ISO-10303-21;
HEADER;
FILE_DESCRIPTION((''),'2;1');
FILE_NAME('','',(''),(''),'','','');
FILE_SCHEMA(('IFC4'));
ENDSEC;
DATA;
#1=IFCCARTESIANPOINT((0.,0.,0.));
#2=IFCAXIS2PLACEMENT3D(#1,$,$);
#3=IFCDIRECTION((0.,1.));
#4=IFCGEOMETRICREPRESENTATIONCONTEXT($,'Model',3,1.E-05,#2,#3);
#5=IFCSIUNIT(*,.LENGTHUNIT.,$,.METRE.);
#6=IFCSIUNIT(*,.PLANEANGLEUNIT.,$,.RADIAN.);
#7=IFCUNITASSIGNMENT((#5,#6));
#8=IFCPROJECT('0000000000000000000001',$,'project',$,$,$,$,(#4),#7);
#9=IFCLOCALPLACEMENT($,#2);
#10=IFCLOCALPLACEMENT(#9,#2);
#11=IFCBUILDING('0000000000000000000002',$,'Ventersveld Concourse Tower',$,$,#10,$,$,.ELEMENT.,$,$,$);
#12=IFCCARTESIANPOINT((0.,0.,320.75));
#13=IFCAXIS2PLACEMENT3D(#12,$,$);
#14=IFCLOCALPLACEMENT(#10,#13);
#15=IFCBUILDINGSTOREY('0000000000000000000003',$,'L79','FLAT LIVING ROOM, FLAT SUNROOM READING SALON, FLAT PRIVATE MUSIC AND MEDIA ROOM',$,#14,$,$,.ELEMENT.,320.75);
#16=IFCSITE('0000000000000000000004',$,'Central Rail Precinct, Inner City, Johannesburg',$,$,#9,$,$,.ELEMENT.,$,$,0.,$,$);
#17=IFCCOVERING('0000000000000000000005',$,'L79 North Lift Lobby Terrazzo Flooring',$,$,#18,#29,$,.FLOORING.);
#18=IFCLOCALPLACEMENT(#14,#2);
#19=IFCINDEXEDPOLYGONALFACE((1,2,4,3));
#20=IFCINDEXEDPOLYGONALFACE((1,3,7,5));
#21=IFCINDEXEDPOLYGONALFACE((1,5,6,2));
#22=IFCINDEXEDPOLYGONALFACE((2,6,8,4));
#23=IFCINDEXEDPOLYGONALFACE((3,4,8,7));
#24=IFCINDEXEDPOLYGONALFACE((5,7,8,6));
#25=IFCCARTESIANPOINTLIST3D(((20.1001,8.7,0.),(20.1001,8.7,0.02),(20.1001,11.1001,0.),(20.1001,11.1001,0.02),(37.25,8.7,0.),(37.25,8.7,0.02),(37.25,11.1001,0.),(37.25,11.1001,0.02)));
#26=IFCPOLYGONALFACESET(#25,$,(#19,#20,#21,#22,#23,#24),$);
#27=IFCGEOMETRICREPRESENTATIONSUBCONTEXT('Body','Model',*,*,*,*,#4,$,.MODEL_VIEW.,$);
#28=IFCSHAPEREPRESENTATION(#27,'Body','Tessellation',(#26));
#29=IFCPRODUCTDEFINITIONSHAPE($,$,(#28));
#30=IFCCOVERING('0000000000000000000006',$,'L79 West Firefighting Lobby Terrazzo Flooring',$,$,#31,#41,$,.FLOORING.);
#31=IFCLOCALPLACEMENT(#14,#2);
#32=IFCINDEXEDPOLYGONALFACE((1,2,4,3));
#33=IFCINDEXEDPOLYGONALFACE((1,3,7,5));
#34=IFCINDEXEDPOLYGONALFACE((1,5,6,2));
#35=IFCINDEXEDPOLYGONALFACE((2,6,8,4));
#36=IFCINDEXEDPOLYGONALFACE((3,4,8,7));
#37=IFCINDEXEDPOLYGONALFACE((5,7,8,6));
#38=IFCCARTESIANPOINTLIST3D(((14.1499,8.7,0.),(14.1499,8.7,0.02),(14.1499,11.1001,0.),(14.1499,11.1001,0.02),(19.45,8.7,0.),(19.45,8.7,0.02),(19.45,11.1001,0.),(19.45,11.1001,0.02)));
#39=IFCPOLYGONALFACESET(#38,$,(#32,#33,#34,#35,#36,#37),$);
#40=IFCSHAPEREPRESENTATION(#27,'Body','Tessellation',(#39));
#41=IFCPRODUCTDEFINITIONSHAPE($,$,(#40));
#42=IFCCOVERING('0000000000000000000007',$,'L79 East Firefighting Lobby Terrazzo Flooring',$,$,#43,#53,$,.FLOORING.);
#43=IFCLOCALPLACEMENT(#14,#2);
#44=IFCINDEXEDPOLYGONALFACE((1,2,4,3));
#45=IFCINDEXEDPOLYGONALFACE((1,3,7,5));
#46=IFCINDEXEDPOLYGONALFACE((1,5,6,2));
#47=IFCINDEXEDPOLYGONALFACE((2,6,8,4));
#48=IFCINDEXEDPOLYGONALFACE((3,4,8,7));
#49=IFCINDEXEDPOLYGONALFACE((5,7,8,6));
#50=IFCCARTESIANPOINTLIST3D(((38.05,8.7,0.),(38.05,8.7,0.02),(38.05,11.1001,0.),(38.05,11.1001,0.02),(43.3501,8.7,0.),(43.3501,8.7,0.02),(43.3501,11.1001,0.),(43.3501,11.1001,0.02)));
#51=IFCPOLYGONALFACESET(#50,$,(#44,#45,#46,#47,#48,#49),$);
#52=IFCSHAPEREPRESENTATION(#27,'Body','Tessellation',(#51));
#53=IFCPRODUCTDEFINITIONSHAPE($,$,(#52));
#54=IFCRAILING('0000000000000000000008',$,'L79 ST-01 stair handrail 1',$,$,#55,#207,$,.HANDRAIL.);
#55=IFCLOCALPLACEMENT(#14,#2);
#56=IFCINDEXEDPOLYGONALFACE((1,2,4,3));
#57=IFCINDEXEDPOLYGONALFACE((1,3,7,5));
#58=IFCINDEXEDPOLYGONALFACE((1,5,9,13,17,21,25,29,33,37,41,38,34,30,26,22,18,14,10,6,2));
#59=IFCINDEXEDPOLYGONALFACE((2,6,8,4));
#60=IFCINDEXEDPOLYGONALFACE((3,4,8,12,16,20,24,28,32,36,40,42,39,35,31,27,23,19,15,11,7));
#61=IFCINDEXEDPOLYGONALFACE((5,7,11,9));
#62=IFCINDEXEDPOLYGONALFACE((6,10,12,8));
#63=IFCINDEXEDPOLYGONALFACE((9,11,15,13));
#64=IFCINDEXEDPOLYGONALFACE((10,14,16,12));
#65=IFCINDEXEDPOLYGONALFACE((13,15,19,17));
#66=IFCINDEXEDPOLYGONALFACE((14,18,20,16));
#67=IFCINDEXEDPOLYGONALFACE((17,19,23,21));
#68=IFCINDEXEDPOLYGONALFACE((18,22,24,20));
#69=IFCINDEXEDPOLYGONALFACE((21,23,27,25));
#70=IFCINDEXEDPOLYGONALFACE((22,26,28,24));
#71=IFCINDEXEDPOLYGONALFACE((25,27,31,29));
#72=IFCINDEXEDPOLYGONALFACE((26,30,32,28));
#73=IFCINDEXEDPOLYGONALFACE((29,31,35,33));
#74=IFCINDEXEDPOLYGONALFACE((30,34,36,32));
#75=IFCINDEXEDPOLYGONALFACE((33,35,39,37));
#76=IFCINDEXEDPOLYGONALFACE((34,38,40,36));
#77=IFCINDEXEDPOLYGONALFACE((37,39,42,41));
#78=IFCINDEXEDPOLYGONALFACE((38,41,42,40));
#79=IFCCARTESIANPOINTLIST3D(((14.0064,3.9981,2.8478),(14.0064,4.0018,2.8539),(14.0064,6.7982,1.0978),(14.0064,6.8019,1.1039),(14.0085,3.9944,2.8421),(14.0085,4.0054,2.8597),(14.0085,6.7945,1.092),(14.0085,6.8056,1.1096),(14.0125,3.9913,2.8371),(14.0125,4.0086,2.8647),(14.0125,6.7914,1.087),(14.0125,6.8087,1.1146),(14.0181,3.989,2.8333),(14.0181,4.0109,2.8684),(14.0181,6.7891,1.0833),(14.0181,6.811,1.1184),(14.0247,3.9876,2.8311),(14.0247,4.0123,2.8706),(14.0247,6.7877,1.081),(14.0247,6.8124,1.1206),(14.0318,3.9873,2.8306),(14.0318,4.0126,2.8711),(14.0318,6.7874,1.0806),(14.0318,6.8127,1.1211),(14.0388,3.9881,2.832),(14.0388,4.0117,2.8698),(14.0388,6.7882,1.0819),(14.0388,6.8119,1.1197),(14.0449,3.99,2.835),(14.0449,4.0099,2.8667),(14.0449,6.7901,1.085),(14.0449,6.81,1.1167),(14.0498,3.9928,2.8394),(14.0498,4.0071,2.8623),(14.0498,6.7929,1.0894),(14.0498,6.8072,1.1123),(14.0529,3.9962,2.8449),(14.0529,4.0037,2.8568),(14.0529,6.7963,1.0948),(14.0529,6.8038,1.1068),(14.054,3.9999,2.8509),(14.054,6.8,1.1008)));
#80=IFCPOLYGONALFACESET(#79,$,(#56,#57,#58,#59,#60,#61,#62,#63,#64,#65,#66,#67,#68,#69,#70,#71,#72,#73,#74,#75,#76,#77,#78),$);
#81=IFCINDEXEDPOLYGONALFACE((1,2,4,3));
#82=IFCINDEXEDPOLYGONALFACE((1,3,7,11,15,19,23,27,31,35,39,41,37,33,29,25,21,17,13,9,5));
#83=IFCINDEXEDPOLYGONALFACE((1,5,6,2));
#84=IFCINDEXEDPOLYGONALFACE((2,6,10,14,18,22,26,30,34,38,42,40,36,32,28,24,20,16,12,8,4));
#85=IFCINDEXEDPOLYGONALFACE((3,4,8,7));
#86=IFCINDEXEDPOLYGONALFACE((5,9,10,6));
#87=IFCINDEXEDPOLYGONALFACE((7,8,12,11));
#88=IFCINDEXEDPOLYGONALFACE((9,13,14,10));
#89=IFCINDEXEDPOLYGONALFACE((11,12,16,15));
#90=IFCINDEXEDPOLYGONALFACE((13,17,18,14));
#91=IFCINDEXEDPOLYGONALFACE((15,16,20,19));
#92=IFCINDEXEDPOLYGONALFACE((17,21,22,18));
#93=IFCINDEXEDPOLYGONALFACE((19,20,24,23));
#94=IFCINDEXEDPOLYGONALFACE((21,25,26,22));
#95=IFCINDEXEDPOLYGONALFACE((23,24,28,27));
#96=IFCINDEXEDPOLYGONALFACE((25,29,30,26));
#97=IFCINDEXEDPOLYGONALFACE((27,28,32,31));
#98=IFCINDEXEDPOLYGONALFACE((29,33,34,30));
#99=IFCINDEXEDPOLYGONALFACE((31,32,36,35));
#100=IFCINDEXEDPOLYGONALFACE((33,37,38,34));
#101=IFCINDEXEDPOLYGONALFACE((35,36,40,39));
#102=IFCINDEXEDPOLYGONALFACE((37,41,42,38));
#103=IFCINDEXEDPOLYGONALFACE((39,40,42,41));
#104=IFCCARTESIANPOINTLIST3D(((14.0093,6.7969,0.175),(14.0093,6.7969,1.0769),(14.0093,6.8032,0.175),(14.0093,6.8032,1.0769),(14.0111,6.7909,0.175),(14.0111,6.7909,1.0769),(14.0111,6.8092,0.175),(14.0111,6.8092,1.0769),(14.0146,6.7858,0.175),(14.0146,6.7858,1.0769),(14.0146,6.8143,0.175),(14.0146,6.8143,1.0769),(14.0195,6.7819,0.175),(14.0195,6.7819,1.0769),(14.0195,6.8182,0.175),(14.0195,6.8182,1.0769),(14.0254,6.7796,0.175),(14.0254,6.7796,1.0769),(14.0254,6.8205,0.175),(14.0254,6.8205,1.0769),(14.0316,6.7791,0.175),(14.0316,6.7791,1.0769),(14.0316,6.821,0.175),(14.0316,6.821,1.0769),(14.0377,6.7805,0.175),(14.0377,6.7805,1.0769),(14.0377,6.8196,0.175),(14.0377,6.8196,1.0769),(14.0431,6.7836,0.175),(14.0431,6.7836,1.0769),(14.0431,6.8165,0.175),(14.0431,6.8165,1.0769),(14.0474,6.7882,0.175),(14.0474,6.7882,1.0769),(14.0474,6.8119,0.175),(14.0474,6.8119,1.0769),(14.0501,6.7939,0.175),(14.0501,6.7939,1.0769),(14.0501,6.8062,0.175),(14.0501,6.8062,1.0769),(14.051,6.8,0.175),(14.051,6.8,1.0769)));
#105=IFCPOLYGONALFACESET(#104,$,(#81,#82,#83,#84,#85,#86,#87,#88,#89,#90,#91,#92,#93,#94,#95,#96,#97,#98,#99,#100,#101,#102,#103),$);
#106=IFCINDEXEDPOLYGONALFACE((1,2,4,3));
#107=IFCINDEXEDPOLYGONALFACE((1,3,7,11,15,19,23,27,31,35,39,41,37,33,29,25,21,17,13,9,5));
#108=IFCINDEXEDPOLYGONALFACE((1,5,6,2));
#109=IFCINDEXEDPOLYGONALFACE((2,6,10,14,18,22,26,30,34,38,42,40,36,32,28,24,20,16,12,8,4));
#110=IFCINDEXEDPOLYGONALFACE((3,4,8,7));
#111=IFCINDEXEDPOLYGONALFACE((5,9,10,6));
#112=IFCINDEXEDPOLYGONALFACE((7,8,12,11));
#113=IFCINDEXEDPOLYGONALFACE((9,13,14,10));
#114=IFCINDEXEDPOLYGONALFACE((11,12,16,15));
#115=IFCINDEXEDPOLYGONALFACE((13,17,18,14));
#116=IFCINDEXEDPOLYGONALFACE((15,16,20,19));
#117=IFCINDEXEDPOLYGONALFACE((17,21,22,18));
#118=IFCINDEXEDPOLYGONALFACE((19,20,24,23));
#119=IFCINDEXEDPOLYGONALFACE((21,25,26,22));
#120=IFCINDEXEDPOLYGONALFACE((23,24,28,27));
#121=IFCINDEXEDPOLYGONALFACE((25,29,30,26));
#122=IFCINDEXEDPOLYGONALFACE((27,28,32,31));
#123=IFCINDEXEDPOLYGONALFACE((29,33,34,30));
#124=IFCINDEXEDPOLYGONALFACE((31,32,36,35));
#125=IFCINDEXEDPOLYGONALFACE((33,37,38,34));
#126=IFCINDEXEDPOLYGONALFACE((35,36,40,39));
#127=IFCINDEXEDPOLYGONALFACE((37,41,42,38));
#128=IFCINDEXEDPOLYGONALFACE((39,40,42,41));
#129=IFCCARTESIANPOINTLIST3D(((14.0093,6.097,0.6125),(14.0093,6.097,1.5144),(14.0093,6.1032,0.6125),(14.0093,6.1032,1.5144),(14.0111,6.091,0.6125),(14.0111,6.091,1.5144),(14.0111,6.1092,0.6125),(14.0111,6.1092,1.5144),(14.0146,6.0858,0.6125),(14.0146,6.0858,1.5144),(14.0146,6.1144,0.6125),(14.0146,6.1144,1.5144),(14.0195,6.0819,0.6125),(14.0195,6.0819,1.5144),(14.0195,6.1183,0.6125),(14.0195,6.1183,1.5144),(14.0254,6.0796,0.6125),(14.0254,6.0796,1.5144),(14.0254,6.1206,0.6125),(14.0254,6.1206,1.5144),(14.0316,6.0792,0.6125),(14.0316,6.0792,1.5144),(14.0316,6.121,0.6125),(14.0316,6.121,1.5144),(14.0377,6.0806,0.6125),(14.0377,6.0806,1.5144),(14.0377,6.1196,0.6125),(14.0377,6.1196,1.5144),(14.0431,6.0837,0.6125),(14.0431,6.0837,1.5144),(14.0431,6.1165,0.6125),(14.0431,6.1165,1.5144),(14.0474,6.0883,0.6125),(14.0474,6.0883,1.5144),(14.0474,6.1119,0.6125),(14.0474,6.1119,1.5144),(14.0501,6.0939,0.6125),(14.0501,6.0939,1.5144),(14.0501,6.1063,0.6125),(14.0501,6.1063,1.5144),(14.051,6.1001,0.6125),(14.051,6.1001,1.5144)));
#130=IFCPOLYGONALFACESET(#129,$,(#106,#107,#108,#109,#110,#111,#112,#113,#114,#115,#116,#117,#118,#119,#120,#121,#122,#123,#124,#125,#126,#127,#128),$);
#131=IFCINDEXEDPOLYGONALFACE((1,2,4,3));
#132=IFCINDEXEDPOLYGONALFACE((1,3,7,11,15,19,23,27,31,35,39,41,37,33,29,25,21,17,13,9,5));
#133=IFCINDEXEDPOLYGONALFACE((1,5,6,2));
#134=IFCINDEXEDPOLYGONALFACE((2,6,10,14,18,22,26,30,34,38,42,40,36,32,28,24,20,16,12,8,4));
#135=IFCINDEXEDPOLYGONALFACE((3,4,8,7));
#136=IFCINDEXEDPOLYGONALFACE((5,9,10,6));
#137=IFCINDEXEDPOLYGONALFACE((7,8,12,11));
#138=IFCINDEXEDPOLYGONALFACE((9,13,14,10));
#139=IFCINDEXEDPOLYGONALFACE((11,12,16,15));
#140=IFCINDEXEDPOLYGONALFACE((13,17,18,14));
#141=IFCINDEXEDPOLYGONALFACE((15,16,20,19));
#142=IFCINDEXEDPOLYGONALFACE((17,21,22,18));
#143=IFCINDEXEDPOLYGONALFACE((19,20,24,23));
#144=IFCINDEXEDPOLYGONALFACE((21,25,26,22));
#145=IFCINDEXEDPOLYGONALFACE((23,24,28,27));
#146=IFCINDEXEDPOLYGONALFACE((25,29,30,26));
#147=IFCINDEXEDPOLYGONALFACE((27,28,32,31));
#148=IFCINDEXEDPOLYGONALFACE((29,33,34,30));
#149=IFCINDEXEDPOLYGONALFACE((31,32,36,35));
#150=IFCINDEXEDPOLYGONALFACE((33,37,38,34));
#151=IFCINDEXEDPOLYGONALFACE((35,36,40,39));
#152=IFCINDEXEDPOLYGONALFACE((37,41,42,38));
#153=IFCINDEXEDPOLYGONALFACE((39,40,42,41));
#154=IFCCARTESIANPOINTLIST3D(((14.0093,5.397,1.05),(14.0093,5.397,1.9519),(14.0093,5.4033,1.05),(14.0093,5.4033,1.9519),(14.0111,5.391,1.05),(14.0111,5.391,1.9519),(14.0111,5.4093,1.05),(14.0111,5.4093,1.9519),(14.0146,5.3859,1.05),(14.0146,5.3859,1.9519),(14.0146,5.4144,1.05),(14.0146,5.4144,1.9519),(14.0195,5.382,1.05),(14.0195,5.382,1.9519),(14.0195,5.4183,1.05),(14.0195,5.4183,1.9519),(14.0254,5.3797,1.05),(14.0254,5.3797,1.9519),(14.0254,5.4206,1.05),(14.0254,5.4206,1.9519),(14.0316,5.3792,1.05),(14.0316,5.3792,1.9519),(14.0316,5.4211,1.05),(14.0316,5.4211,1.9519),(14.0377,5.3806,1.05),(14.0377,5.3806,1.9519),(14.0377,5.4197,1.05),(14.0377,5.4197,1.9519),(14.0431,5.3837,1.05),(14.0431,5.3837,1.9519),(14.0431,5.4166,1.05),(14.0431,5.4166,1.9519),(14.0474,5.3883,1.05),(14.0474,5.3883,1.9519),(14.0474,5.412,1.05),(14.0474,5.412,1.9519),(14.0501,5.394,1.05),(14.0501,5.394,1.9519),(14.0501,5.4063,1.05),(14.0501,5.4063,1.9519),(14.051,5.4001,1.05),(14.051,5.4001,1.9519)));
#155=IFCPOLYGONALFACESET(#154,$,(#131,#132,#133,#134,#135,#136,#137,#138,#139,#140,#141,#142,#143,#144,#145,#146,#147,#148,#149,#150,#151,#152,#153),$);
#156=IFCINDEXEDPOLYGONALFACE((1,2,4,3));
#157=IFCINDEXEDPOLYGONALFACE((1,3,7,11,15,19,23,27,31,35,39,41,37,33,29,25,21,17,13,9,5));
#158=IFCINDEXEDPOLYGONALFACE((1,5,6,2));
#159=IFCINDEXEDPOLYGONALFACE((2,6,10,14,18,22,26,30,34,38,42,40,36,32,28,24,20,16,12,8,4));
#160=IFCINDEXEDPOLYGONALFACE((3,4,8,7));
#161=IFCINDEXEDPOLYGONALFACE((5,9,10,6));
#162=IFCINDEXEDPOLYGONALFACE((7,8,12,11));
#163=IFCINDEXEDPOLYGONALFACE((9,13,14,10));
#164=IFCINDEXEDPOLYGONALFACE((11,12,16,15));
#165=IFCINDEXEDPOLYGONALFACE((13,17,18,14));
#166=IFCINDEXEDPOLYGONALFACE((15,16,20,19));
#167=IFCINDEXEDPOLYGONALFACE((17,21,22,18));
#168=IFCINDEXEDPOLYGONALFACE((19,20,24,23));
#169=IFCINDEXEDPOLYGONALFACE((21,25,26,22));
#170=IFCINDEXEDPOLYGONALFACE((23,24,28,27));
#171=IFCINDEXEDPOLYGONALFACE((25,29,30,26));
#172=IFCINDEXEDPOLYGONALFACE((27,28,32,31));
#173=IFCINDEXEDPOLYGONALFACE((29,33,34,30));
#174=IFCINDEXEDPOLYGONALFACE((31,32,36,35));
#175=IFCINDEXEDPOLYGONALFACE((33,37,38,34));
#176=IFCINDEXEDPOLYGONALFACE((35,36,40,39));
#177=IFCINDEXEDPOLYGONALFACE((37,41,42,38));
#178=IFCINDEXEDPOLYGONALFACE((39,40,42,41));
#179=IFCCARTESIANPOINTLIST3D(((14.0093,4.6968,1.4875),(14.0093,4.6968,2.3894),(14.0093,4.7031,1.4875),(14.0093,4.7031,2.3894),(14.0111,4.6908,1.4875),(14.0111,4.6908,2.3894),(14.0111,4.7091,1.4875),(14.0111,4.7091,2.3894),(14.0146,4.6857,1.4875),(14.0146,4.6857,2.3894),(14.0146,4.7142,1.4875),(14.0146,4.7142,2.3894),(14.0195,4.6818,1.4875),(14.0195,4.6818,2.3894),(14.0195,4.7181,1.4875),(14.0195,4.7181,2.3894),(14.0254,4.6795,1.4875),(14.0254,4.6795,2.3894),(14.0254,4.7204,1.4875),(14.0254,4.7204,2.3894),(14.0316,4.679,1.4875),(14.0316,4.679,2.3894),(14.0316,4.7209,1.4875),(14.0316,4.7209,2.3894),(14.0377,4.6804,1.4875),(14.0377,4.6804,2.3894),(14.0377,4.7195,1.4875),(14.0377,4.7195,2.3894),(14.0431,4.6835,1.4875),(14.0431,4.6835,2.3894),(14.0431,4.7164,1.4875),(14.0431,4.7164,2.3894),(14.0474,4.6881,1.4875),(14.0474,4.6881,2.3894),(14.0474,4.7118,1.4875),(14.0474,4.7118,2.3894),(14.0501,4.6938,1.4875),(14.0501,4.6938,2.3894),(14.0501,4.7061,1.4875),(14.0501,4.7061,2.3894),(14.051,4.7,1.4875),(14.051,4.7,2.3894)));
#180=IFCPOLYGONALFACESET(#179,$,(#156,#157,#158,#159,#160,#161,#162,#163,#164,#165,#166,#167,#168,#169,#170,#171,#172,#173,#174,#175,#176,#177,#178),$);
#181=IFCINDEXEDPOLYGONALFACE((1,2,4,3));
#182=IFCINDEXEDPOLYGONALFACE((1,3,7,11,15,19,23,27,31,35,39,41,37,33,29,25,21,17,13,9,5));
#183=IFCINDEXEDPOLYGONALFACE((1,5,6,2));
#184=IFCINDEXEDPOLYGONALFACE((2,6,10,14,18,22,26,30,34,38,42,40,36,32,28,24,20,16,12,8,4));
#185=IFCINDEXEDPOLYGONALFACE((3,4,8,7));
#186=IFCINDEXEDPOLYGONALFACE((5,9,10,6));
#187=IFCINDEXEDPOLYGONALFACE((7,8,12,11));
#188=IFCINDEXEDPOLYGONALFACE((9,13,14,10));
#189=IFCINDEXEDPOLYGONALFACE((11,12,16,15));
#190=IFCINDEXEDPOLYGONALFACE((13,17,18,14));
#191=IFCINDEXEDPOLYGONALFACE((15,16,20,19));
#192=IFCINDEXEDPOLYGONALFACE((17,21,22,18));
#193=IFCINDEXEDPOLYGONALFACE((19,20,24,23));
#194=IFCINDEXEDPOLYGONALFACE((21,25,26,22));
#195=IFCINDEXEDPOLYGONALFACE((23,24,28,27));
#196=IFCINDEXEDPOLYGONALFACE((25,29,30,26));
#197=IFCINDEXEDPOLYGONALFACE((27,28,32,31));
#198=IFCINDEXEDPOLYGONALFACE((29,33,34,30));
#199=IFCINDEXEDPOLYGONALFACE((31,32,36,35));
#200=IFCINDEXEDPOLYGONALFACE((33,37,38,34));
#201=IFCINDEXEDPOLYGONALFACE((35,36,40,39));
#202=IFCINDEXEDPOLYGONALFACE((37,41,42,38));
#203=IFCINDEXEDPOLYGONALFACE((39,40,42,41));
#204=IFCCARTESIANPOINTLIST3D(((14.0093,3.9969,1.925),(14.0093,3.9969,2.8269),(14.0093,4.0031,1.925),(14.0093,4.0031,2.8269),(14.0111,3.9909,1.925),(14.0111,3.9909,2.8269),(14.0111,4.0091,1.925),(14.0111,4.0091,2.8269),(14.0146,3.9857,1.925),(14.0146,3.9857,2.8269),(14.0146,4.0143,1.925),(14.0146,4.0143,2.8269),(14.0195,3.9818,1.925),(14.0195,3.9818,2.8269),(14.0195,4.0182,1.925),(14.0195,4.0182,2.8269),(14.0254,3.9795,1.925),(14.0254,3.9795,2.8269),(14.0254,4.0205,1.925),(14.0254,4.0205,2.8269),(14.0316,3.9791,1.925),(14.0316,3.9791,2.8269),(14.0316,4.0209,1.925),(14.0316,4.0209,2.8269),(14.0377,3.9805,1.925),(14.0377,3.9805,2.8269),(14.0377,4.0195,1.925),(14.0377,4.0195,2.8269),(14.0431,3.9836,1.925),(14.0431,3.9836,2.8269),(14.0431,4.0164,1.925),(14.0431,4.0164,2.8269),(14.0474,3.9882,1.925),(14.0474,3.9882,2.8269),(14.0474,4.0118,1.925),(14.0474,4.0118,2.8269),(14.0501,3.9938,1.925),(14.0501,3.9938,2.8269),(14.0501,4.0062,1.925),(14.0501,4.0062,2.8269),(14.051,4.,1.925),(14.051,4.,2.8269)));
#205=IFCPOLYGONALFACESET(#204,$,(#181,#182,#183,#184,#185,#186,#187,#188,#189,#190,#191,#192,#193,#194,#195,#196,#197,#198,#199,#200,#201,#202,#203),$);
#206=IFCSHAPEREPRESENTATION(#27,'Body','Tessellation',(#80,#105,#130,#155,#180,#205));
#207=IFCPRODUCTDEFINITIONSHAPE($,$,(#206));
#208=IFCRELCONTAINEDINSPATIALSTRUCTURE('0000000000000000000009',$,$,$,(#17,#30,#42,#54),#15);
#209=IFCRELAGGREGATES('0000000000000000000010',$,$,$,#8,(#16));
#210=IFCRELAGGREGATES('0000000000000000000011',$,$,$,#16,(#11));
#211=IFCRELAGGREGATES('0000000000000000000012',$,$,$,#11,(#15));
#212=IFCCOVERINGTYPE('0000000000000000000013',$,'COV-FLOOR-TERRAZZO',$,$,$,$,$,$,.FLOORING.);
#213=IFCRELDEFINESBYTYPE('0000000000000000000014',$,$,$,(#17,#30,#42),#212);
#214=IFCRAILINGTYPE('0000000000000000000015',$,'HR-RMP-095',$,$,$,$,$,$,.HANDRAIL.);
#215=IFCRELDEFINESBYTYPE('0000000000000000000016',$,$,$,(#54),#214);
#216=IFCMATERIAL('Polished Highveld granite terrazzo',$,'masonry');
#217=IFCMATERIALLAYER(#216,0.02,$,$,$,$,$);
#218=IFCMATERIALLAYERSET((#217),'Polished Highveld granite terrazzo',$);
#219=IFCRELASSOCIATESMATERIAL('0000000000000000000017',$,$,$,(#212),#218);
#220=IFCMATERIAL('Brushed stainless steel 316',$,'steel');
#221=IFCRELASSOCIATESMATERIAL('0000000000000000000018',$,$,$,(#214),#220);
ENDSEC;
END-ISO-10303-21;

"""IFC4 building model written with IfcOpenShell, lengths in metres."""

from ifc_helpers import new_model, si_unit, direction, frame, origin, origin_2d, place, context, subcontext, project, spatial, polyline, circle, outline, extrude, material, layer, layer_set, type_object, element, save


model = new_model("IFC4")

# Units and contexts
model_context = context("Model", 3, precision=1e-05, world=origin(), true_north=direction((0.0, 1.0)))
body_context = subcontext(model_context, "Body", "Model", "MODEL_VIEW")
ifc_project = project(units=[si_unit("LENGTHUNIT", "METRE"), si_unit("PLANEANGLEUNIT", "RADIAN")], contexts=[model_context])

# Site, building, storey
site_placement = place(None, origin())
site = spatial("IfcSite", under=ifc_project, at=site_placement, Name="Central Rail Precinct, Inner City, Johannesburg", CompositionType="ELEMENT", RefElevation=0.0)
building_placement = place(site_placement, origin())
building = spatial("IfcBuilding", under=site, at=building_placement, Name="Ventersveld Concourse Tower", CompositionType="ELEMENT")
storey_placement = place(building_placement, frame((0.0, 0.0, 320.75)))
storey = spatial("IfcBuildingStorey", under=building, at=storey_placement, Name="L79", Description="FLAT LIVING ROOM, FLAT SUNROOM READING SALON, FLAT PRIVATE MUSIC AND MEDIA ROOM", CompositionType="ELEMENT", Elevation=320.75)

# Coverings
ifc_material_1 = material(Name="Polished Highveld granite terrazzo", Category="masonry")
ifc_layer_1 = layer(ifc_material_1, 0.02)
ifc_layer_set_1 = layer_set([ifc_layer_1], Name="Polished Highveld granite terrazzo")
covering_type_1 = type_object("IfcCoveringType", Name="COV-FLOOR-TERRAZZO", PredefinedType="FLOORING", material=ifc_layer_set_1)
covering_1_placement = place(storey_placement, origin())
element("IfcCovering", 1, at=covering_1_placement, inside=storey, type_object=covering_type_1, Name="L79 North Lift Lobby Terrazzo Flooring", PredefinedType="FLOORING", context=body_context, shape_type="SweptSolid", body=[
    extrude(outline(polyline([(20.1001, 8.7), (37.25, 8.7), (37.25, 11.1001), (20.1001, 11.1001), (20.1001, 8.7)])), origin(), (0.0, 0.0, 1.0), 0.02),
])
covering_2_placement = place(storey_placement, origin())
element("IfcCovering", 2, at=covering_2_placement, inside=storey, type_object=covering_type_1, Name="L79 West Firefighting Lobby Terrazzo Flooring", PredefinedType="FLOORING", context=body_context, shape_type="SweptSolid", body=[
    extrude(outline(polyline([(14.1499, 8.7), (19.45, 8.7), (19.45, 11.1001), (14.1499, 11.1001), (14.1499, 8.7)])), origin(), (0.0, 0.0, 1.0), 0.02),
])
covering_3_placement = place(storey_placement, origin())
element("IfcCovering", 3, at=covering_3_placement, inside=storey, type_object=covering_type_1, Name="L79 East Firefighting Lobby Terrazzo Flooring", PredefinedType="FLOORING", context=body_context, shape_type="SweptSolid", body=[
    extrude(outline(polyline([(38.05, 8.7), (43.3501, 8.7), (43.3501, 11.1001), (38.05, 11.1001), (38.05, 8.7)])), origin(), (0.0, 0.0, 1.0), 0.02),
])

# Railing
ifc_material_2 = material(Name="Brushed stainless steel 316", Category="steel")
railing_type = type_object("IfcRailingType", Name="HR-RMP-095", PredefinedType="HANDRAIL", material=ifc_material_2)
railing_placement = place(storey_placement, frame((14.03, 6.8, 0.175)))
element("IfcRailing", 4, at=railing_placement, inside=storey, type_object=railing_type, Name="L79 ST-01 stair handrail 1", PredefinedType="HANDRAIL", context=body_context, shape_type="SweptSolid", body=[
    extrude(circle(Radius=0.0239, at=origin_2d()), frame((0.0, 0.0, 0.9258), z_axis=(0.0, -0.848002, 0.529992), x_axis=(1.0, 0.0, 0.0)), (0.0, 0.0, 1.0), 3.302),
    extrude(circle(Radius=0.021, at=origin_2d()), origin(), (0.0, 0.0, 1.0), 0.9019),
    extrude(circle(Radius=0.021, at=origin_2d()), frame((0.0, -0.7, 0.4375)), (0.0, 0.0, 1.0), 0.9019),
    extrude(circle(Radius=0.021, at=origin_2d()), frame((0.0, -1.3999, 0.875)), (0.0, 0.0, 1.0), 0.9019),
    extrude(circle(Radius=0.021, at=origin_2d()), frame((0.0, -2.1001, 1.3125)), (0.0, 0.0, 1.0), 0.9019),
    extrude(circle(Radius=0.021, at=origin_2d()), frame((0.0, -2.8, 1.75)), (0.0, 0.0, 1.0), 0.9019),
])

save(model, "model.ifc")
